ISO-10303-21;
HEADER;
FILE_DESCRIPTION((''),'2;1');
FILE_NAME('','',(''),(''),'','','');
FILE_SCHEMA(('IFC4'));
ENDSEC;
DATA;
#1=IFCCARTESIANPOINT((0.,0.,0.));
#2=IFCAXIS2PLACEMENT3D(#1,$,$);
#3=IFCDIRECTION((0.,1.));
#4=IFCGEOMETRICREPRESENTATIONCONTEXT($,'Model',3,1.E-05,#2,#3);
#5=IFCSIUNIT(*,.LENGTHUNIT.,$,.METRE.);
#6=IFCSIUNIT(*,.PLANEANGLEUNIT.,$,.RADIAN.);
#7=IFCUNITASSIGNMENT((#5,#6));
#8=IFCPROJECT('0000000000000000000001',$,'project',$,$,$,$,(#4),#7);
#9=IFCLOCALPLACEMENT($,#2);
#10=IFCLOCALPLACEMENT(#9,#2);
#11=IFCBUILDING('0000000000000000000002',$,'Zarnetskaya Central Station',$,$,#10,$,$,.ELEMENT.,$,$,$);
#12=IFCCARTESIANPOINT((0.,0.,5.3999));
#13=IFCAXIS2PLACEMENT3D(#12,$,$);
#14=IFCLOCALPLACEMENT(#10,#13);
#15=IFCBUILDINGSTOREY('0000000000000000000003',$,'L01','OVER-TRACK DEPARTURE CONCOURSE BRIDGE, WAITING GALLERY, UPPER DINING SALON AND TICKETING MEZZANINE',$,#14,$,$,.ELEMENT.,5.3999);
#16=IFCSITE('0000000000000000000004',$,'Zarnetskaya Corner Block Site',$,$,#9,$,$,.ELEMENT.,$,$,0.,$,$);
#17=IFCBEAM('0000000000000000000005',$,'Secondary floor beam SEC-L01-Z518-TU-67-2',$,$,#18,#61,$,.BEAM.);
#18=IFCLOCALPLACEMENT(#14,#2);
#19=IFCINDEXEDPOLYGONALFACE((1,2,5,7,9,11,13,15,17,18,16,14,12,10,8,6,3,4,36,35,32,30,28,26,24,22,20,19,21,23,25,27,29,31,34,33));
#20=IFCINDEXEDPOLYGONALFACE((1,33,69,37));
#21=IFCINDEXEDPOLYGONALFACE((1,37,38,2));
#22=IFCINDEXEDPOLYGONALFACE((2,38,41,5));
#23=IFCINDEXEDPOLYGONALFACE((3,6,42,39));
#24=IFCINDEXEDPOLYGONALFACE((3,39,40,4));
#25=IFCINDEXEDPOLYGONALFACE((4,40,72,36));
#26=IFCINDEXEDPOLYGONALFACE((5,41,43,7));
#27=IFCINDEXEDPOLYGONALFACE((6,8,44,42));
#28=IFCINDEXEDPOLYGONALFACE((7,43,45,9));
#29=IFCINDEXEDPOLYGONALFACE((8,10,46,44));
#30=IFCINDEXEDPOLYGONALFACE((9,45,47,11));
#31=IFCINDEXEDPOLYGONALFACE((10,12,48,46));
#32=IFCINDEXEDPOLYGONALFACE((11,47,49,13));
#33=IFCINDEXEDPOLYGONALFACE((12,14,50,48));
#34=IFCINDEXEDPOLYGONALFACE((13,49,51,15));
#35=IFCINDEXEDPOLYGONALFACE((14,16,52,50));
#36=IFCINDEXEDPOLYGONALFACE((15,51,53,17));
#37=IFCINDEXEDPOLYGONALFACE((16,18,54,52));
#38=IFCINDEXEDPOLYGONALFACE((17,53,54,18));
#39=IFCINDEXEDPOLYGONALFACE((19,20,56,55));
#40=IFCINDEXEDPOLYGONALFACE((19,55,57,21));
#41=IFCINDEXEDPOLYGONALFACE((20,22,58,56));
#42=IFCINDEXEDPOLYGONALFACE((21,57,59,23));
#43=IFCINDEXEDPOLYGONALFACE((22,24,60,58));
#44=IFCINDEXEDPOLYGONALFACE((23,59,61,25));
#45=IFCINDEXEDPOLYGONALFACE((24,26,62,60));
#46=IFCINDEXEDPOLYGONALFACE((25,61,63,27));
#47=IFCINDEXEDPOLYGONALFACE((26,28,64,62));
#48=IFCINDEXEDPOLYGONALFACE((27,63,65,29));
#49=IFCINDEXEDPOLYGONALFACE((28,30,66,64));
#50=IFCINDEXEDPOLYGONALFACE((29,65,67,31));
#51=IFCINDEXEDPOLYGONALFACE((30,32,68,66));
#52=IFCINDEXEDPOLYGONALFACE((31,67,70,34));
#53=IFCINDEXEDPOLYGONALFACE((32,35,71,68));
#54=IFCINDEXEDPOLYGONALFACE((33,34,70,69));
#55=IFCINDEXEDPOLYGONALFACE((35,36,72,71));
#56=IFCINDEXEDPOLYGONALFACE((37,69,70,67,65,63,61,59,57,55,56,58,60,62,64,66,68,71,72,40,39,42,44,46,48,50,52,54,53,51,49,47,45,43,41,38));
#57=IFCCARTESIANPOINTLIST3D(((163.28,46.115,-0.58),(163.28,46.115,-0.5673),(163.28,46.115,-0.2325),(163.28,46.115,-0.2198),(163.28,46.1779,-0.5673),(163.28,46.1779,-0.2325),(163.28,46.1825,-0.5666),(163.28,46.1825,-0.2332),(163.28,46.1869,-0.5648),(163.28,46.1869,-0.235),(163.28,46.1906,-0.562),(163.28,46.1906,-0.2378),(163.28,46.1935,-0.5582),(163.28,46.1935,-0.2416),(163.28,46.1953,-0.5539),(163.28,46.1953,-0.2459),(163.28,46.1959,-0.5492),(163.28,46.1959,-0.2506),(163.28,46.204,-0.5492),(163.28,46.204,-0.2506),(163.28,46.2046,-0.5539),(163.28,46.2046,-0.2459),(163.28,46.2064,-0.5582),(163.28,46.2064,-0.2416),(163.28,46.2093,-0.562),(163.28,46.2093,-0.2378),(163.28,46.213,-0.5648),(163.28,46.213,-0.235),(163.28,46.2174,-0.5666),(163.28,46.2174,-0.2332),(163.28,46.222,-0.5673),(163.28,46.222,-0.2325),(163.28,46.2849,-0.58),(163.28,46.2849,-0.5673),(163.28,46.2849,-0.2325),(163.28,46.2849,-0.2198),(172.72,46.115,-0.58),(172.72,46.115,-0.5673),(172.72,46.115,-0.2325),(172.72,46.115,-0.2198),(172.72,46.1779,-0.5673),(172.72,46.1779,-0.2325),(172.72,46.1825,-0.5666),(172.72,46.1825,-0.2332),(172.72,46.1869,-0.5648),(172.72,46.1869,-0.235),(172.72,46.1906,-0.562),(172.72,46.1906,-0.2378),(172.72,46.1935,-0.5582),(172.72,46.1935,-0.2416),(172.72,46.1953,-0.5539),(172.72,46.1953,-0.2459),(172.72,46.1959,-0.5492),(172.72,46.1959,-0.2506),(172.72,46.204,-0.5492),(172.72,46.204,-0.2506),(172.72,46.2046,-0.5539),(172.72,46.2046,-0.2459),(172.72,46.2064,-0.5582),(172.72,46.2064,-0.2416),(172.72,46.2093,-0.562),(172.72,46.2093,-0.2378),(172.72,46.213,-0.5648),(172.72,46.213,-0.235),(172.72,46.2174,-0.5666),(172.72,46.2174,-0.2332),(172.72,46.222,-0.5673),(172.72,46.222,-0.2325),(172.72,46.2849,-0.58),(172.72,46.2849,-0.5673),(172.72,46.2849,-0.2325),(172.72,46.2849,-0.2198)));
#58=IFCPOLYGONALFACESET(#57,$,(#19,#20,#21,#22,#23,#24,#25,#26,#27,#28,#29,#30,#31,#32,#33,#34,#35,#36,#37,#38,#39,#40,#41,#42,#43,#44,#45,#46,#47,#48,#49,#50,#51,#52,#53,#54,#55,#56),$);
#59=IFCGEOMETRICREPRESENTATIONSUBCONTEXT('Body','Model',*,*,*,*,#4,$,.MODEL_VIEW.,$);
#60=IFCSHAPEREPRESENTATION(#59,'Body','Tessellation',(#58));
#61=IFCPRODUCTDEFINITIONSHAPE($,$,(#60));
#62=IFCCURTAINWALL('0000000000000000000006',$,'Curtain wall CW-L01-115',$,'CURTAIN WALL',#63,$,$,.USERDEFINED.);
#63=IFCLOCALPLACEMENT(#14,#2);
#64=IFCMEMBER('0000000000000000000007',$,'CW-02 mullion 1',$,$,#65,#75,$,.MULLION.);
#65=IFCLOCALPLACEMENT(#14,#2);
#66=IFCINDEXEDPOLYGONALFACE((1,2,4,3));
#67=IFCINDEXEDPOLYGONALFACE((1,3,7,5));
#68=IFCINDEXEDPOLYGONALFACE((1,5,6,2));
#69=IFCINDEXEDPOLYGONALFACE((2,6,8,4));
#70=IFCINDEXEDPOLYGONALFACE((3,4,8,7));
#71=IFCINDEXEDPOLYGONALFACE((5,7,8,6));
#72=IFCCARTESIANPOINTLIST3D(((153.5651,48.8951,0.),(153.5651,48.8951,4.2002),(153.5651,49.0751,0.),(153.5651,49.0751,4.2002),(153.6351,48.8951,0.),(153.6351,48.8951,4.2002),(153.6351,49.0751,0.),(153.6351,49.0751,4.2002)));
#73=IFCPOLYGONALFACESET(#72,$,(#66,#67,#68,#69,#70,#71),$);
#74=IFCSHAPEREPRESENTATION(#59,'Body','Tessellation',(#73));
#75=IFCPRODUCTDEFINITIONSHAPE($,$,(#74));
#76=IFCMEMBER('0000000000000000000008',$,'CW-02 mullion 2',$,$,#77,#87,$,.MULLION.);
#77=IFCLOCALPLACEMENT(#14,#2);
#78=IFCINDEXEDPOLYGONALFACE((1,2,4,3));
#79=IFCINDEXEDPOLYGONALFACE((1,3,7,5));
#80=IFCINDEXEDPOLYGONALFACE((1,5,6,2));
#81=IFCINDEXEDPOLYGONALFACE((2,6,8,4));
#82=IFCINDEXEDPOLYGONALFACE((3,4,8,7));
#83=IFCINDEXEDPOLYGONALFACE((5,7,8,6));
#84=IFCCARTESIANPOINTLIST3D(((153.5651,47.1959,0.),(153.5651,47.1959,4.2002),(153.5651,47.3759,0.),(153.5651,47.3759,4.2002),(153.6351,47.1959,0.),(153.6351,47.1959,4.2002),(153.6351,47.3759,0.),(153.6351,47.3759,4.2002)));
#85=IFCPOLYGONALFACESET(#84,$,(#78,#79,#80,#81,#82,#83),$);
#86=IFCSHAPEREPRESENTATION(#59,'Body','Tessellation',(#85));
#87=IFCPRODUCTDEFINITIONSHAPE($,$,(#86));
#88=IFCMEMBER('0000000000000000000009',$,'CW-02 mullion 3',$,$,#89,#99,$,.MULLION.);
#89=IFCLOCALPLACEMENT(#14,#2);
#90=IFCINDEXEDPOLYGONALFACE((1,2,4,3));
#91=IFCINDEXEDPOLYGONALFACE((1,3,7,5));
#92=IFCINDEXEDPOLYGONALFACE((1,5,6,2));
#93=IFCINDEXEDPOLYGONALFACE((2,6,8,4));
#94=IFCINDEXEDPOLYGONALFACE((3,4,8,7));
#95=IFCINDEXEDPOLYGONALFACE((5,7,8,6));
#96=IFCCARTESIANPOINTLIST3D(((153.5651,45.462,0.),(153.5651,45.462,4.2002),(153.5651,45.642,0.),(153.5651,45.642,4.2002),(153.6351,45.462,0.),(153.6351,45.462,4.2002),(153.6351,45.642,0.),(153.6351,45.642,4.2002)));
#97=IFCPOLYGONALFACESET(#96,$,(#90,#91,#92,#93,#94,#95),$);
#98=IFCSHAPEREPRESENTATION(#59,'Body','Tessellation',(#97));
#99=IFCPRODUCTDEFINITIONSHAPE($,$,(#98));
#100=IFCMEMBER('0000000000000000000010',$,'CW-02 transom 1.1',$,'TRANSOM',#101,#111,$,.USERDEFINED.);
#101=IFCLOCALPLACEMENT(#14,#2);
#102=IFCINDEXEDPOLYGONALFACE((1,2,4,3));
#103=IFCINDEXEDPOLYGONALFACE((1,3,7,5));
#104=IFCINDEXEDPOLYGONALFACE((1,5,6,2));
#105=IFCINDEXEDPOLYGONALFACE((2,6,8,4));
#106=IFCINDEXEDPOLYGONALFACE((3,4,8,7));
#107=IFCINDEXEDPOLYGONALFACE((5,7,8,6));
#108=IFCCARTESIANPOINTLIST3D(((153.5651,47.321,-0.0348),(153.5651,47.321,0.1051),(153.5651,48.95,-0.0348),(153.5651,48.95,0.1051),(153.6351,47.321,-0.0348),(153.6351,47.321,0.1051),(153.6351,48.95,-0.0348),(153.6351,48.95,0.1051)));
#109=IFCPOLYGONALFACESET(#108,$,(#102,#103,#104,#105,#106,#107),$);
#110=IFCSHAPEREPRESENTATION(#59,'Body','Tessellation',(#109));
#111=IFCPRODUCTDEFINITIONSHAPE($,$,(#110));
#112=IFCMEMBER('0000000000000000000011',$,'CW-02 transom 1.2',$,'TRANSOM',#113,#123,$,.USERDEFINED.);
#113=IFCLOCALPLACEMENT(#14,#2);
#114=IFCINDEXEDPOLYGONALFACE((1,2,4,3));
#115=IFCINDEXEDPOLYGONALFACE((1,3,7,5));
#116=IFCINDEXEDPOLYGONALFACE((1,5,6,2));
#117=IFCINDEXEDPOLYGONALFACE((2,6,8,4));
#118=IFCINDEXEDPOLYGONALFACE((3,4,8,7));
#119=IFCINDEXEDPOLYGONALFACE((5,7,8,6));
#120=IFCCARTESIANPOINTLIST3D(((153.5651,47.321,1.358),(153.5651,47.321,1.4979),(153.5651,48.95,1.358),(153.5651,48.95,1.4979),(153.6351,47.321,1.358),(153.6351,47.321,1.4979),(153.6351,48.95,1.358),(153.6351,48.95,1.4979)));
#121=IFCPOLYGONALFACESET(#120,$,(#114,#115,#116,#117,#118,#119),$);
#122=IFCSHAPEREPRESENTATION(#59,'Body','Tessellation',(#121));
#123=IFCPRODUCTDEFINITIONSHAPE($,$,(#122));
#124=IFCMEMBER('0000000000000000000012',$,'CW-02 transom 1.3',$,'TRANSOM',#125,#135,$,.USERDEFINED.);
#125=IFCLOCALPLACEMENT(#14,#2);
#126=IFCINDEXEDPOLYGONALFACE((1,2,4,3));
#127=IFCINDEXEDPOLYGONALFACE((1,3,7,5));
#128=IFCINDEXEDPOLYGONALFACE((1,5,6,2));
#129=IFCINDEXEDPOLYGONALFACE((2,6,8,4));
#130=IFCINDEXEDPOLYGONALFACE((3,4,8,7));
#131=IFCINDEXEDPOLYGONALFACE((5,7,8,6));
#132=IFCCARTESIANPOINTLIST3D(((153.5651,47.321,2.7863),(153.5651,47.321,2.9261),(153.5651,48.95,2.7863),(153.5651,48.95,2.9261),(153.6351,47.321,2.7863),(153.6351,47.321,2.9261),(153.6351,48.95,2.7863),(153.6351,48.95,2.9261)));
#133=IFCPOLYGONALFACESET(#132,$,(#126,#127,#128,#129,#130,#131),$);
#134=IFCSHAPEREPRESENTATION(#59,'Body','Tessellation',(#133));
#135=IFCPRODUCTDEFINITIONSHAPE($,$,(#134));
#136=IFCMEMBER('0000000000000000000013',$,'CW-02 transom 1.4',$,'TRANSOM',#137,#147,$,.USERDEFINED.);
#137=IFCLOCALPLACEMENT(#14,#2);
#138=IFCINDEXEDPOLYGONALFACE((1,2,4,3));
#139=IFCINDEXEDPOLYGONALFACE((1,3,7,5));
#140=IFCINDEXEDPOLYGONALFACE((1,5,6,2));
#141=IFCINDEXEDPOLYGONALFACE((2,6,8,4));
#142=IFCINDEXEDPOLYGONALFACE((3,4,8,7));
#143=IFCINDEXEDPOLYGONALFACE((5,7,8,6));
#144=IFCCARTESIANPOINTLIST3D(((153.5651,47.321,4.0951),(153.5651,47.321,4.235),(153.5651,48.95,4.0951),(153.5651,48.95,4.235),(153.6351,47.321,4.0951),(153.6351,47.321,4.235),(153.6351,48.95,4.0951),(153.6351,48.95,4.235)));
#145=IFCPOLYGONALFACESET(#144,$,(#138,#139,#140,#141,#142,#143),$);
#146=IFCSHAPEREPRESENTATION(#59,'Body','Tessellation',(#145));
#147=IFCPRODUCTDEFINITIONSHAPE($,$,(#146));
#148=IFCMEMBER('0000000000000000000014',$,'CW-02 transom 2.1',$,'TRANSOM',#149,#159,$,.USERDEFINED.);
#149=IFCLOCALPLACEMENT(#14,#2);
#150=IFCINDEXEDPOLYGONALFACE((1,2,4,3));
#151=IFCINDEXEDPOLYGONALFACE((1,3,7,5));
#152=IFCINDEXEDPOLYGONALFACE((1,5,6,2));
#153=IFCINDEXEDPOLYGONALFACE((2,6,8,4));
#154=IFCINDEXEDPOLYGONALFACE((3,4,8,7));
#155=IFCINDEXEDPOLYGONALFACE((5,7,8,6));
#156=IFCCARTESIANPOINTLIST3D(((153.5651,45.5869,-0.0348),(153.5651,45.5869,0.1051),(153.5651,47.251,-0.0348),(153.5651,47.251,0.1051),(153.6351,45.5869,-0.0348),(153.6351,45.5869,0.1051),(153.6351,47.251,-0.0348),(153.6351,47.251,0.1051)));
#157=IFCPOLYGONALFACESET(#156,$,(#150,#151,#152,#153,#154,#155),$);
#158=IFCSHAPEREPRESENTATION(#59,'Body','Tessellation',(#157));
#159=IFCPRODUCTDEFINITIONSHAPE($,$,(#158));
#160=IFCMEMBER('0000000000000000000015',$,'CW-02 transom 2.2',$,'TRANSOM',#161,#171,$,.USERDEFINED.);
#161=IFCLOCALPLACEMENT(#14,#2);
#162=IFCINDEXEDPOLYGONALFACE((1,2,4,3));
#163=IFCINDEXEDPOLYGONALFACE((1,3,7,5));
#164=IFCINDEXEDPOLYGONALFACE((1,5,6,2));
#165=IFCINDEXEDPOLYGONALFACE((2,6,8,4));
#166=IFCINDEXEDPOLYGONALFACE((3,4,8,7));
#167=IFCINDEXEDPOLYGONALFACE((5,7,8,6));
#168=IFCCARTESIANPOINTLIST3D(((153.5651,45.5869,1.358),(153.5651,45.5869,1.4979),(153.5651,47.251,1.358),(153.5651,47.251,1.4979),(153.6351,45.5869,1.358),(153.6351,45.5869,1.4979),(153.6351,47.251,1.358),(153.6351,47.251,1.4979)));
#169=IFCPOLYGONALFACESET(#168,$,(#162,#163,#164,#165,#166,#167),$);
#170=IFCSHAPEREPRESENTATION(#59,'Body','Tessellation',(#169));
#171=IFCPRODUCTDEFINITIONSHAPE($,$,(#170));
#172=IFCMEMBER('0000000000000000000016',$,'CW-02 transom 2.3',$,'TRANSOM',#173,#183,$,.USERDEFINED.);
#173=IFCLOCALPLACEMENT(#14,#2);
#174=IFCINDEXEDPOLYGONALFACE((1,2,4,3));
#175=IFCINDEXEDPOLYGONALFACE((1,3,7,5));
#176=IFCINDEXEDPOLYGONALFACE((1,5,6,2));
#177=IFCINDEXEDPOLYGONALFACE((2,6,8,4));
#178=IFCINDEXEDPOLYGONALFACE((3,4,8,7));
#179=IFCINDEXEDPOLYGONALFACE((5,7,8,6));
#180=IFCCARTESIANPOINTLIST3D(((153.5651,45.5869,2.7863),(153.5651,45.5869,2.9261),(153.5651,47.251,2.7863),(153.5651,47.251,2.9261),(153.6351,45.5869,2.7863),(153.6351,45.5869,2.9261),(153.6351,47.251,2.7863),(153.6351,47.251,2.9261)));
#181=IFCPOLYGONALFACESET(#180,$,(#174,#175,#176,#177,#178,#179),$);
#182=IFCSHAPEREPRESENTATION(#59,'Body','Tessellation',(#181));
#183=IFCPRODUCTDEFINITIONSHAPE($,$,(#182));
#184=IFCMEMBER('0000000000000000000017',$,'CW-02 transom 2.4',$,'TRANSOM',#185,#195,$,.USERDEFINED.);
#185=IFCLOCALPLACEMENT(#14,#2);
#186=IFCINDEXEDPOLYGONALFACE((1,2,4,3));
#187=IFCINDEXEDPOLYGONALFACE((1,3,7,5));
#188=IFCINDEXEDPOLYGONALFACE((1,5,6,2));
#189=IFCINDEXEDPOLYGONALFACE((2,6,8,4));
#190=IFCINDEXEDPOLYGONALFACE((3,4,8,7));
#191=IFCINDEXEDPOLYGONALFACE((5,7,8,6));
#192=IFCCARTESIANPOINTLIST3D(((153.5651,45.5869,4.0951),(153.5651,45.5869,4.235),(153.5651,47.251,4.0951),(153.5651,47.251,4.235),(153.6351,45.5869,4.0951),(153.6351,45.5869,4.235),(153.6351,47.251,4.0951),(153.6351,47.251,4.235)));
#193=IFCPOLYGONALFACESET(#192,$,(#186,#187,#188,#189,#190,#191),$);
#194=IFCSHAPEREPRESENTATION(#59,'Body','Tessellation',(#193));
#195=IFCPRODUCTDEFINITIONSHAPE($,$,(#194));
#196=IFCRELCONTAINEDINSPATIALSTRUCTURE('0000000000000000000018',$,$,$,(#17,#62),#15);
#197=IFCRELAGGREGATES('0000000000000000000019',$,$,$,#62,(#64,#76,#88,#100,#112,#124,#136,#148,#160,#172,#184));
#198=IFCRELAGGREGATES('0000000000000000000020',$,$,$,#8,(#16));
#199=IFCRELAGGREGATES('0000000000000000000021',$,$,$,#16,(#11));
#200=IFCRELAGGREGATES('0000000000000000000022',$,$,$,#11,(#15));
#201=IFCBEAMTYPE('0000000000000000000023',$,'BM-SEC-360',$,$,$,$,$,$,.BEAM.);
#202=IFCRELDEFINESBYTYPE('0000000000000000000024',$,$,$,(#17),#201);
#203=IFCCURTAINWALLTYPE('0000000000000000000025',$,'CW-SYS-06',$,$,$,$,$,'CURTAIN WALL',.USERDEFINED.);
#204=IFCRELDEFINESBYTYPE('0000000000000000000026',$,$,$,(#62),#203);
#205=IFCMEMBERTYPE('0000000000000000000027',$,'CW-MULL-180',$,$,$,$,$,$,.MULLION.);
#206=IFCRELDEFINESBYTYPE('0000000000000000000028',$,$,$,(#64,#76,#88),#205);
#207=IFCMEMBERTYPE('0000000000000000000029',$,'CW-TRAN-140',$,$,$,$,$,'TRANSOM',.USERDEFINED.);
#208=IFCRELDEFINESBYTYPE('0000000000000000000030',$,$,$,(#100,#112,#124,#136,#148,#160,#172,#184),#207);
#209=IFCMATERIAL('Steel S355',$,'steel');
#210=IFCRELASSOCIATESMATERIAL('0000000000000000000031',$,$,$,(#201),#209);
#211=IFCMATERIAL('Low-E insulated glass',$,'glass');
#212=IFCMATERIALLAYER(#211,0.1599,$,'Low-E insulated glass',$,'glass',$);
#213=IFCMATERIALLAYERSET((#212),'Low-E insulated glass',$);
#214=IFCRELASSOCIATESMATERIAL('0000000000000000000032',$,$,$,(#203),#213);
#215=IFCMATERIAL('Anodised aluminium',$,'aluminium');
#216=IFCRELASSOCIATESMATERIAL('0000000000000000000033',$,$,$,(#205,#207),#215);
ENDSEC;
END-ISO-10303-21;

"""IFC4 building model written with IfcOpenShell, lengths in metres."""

from ifc_helpers import new_model, si_unit, direction, frame, origin, origin_2d, place, context, subcontext, project, spatial, rectangle, i_section, extrude, material, layer, layer_set, material_profile, profile_set, type_object, element, aggregate, save


model = new_model("IFC4")

# Units and contexts
model_context = context("Model", 3, precision=1e-05, world=origin(), true_north=direction((0.0, 1.0)))
body_context = subcontext(model_context, "Body", "Model", "MODEL_VIEW")
ifc_project = project(units=[si_unit("LENGTHUNIT", "METRE"), si_unit("PLANEANGLEUNIT", "RADIAN")], contexts=[model_context])

# Site, building, storey
site_placement = place(None, origin())
site = spatial("IfcSite", under=ifc_project, at=site_placement, Name="Zarnetskaya Corner Block Site", CompositionType="ELEMENT", RefElevation=0.0)
building_placement = place(site_placement, origin())
building = spatial("IfcBuilding", under=site, at=building_placement, Name="Zarnetskaya Central Station", CompositionType="ELEMENT")
storey_placement = place(building_placement, frame((0.0, 0.0, 5.3999)))
storey = spatial("IfcBuildingStorey", under=building, at=storey_placement, Name="L01", Description="OVER-TRACK DEPARTURE CONCOURSE BRIDGE, WAITING GALLERY, UPPER DINING SALON AND TICKETING MEZZANINE", CompositionType="ELEMENT", Elevation=5.3999)

# Shared definitions
ifc_material_1 = material(Name="Steel S355", Category="steel")

# Beam
ifc_material_profile_1 = material_profile(ifc_material_1, i_section(OverallWidth=0.1699, OverallDepth=0.3601, WebThickness=0.0081, FlangeThickness=0.0127, FilletRadius=0.0181, at=origin_2d()), Name="IPE 360")
ifc_profile_set_1 = profile_set([ifc_material_profile_1], Name="Steel S355")
beam_type_1 = type_object("IfcBeamType", Name="BM-SEC-360", PredefinedType="BEAM", material=ifc_profile_set_1)
for number, where, z_axis, x_axis, name in (
    (1, (163.28, 46.2, -0.3999), (1.0, 0.0, 0.0), (0.0, 1.0, 0.0), "Secondary floor beam SEC-L01-Z518-TU-67-2"),
):
    element("IfcBeam", number, at=place(storey_placement, frame(where, z_axis=z_axis, x_axis=x_axis)), inside=storey, type_object=beam_type_1, Name=name, PredefinedType="BEAM", context=body_context, shape_type="SweptSolid", body=[
        extrude(i_section(OverallWidth=0.1699, OverallDepth=0.3601, WebThickness=0.0081, FlangeThickness=0.0127, FilletRadius=0.0181, at=origin_2d()), origin(), (0.0, 0.0, 1.0), 9.4399),
    ])

# Curtain wall, members
ifc_material_2 = material(Name="Low-E insulated glass", Category="glass")
ifc_layer_1 = layer(ifc_material_2, 0.1599, Name="Low-E insulated glass", Category="glass")
ifc_layer_set_1 = layer_set([ifc_layer_1], Name="Low-E insulated glass")
curtain_wall_type = type_object("IfcCurtainWallType", Name="CW-SYS-06", ElementType="CURTAIN WALL", PredefinedType="USERDEFINED", material=ifc_layer_set_1)
curtain_wall_placement = place(storey_placement, origin())
curtain_wall = element("IfcCurtainWall", 2, at=curtain_wall_placement, inside=storey, type_object=curtain_wall_type, Name="Curtain wall CW-L01-115", ObjectType="CURTAIN WALL", PredefinedType="USERDEFINED")
ifc_material_3 = material(Name="Anodised aluminium", Category="aluminium")
ifc_material_profile_2 = material_profile(ifc_material_3, rectangle(XDim=0.0701, YDim=0.1799, at=origin_2d()), Name="ALU MULL 70x180")
ifc_profile_set_2 = profile_set([ifc_material_profile_2], Name="Anodised aluminium")
member_type_1 = type_object("IfcMemberType", Name="CW-MULL-180", PredefinedType="MULLION", material=ifc_profile_set_2)
member_1_placement = place(storey_placement, frame((153.6001, 48.9851, 0.0), z_axis=(0.0, 0.0, 1.0), x_axis=(1.0, 0.0, 0.0)))
member_1 = element("IfcMember", 3, at=member_1_placement, type_object=member_type_1, Name="CW-02 mullion 1", PredefinedType="MULLION", context=body_context, shape_type="SweptSolid", body=[
    extrude(rectangle(XDim=0.0701, YDim=0.1799, at=origin_2d()), origin(), (0.0, 0.0, 1.0), 4.2002),
])
member_2_placement = place(storey_placement, frame((153.6001, 47.2859, 0.0), z_axis=(0.0, 0.0, 1.0), x_axis=(1.0, 0.0, 0.0)))
member_2 = element("IfcMember", 4, at=member_2_placement, type_object=member_type_1, Name="CW-02 mullion 2", PredefinedType="MULLION", context=body_context, shape_type="SweptSolid", body=[
    extrude(rectangle(XDim=0.0701, YDim=0.1799, at=origin_2d()), origin(), (0.0, 0.0, 1.0), 4.2002),
])
member_3_placement = place(storey_placement, frame((153.6001, 45.552, 0.0), z_axis=(0.0, 0.0, 1.0), x_axis=(1.0, 0.0, 0.0)))
member_3 = element("IfcMember", 5, at=member_3_placement, type_object=member_type_1, Name="CW-02 mullion 3", PredefinedType="MULLION", context=body_context, shape_type="SweptSolid", body=[
    extrude(rectangle(XDim=0.0701, YDim=0.1799, at=origin_2d()), origin(), (0.0, 0.0, 1.0), 4.2002),
])
ifc_material_profile_3 = material_profile(ifc_material_3, rectangle(XDim=0.0701, YDim=0.1399, at=origin_2d()), Name="ALU TRAN 70x140")
ifc_profile_set_3 = profile_set([ifc_material_profile_3], Name="Anodised aluminium")
member_type_2 = type_object("IfcMemberType", Name="CW-TRAN-140", ElementType="TRANSOM", PredefinedType="USERDEFINED", material=ifc_profile_set_3)
member_4_placement = place(storey_placement, frame((153.6001, 48.95, 0.0352), z_axis=(0.0, -1.0, 0.0), x_axis=(1.0, 0.0, 0.0)))
member_4 = element("IfcMember", 6, at=member_4_placement, type_object=member_type_2, Name="CW-02 transom 1.1", ObjectType="TRANSOM", PredefinedType="USERDEFINED", context=body_context, shape_type="SweptSolid", body=[
    extrude(rectangle(XDim=0.0701, YDim=0.1399, at=origin_2d()), origin(), (0.0, 0.0, 1.0), 1.6289),
])
member_5_placement = place(storey_placement, frame((153.6001, 48.95, 1.428), z_axis=(0.0, -1.0, 0.0), x_axis=(1.0, 0.0, 0.0)))
member_5 = element("IfcMember", 7, at=member_5_placement, type_object=member_type_2, Name="CW-02 transom 1.2", ObjectType="TRANSOM", PredefinedType="USERDEFINED", context=body_context, shape_type="SweptSolid", body=[
    extrude(rectangle(XDim=0.0701, YDim=0.1399, at=origin_2d()), origin(), (0.0, 0.0, 1.0), 1.6289),
])
member_6_placement = place(storey_placement, frame((153.6001, 48.95, 2.8562), z_axis=(0.0, -1.0, 0.0), x_axis=(1.0, 0.0, 0.0)))
member_6 = element("IfcMember", 8, at=member_6_placement, type_object=member_type_2, Name="CW-02 transom 1.3", ObjectType="TRANSOM", PredefinedType="USERDEFINED", context=body_context, shape_type="SweptSolid", body=[
    extrude(rectangle(XDim=0.0701, YDim=0.1399, at=origin_2d()), origin(), (0.0, 0.0, 1.0), 1.6289),
])
member_7_placement = place(storey_placement, frame((153.6001, 48.95, 4.165), z_axis=(0.0, -1.0, 0.0), x_axis=(1.0, 0.0, 0.0)))
member_7 = element("IfcMember", 9, at=member_7_placement, type_object=member_type_2, Name="CW-02 transom 1.4", ObjectType="TRANSOM", PredefinedType="USERDEFINED", context=body_context, shape_type="SweptSolid", body=[
    extrude(rectangle(XDim=0.0701, YDim=0.1399, at=origin_2d()), origin(), (0.0, 0.0, 1.0), 1.6289),
])
member_8_placement = place(storey_placement, frame((153.6001, 47.251, 0.0352), z_axis=(0.0, -1.0, 0.0), x_axis=(1.0, 0.0, 0.0)))
member_8 = element("IfcMember", 10, at=member_8_placement, type_object=member_type_2, Name="CW-02 transom 2.1", ObjectType="TRANSOM", PredefinedType="USERDEFINED", context=body_context, shape_type="SweptSolid", body=[
    extrude(rectangle(XDim=0.0701, YDim=0.1399, at=origin_2d()), origin(), (0.0, 0.0, 1.0), 1.6641),
])
member_9_placement = place(storey_placement, frame((153.6001, 47.251, 1.428), z_axis=(0.0, -1.0, 0.0), x_axis=(1.0, 0.0, 0.0)))
member_9 = element("IfcMember", 11, at=member_9_placement, type_object=member_type_2, Name="CW-02 transom 2.2", ObjectType="TRANSOM", PredefinedType="USERDEFINED", context=body_context, shape_type="SweptSolid", body=[
    extrude(rectangle(XDim=0.0701, YDim=0.1399, at=origin_2d()), origin(), (0.0, 0.0, 1.0), 1.6641),
])
member_10_placement = place(storey_placement, frame((153.6001, 47.251, 2.8562), z_axis=(0.0, -1.0, 0.0), x_axis=(1.0, 0.0, 0.0)))
member_10 = element("IfcMember", 12, at=member_10_placement, type_object=member_type_2, Name="CW-02 transom 2.3", ObjectType="TRANSOM", PredefinedType="USERDEFINED", context=body_context, shape_type="SweptSolid", body=[
    extrude(rectangle(XDim=0.0701, YDim=0.1399, at=origin_2d()), origin(), (0.0, 0.0, 1.0), 1.6641),
])
member_11_placement = place(storey_placement, frame((153.6001, 47.251, 4.165), z_axis=(0.0, -1.0, 0.0), x_axis=(1.0, 0.0, 0.0)))
member_11 = element("IfcMember", 13, at=member_11_placement, type_object=member_type_2, Name="CW-02 transom 2.4", ObjectType="TRANSOM", PredefinedType="USERDEFINED", context=body_context, shape_type="SweptSolid", body=[
    extrude(rectangle(XDim=0.0701, YDim=0.1399, at=origin_2d()), origin(), (0.0, 0.0, 1.0), 1.6641),
])

aggregate(curtain_wall, [member_1, member_2, member_3, member_4, member_5, member_6, member_7, member_8, member_9, member_10, member_11])

save(model, "model.ifc")
